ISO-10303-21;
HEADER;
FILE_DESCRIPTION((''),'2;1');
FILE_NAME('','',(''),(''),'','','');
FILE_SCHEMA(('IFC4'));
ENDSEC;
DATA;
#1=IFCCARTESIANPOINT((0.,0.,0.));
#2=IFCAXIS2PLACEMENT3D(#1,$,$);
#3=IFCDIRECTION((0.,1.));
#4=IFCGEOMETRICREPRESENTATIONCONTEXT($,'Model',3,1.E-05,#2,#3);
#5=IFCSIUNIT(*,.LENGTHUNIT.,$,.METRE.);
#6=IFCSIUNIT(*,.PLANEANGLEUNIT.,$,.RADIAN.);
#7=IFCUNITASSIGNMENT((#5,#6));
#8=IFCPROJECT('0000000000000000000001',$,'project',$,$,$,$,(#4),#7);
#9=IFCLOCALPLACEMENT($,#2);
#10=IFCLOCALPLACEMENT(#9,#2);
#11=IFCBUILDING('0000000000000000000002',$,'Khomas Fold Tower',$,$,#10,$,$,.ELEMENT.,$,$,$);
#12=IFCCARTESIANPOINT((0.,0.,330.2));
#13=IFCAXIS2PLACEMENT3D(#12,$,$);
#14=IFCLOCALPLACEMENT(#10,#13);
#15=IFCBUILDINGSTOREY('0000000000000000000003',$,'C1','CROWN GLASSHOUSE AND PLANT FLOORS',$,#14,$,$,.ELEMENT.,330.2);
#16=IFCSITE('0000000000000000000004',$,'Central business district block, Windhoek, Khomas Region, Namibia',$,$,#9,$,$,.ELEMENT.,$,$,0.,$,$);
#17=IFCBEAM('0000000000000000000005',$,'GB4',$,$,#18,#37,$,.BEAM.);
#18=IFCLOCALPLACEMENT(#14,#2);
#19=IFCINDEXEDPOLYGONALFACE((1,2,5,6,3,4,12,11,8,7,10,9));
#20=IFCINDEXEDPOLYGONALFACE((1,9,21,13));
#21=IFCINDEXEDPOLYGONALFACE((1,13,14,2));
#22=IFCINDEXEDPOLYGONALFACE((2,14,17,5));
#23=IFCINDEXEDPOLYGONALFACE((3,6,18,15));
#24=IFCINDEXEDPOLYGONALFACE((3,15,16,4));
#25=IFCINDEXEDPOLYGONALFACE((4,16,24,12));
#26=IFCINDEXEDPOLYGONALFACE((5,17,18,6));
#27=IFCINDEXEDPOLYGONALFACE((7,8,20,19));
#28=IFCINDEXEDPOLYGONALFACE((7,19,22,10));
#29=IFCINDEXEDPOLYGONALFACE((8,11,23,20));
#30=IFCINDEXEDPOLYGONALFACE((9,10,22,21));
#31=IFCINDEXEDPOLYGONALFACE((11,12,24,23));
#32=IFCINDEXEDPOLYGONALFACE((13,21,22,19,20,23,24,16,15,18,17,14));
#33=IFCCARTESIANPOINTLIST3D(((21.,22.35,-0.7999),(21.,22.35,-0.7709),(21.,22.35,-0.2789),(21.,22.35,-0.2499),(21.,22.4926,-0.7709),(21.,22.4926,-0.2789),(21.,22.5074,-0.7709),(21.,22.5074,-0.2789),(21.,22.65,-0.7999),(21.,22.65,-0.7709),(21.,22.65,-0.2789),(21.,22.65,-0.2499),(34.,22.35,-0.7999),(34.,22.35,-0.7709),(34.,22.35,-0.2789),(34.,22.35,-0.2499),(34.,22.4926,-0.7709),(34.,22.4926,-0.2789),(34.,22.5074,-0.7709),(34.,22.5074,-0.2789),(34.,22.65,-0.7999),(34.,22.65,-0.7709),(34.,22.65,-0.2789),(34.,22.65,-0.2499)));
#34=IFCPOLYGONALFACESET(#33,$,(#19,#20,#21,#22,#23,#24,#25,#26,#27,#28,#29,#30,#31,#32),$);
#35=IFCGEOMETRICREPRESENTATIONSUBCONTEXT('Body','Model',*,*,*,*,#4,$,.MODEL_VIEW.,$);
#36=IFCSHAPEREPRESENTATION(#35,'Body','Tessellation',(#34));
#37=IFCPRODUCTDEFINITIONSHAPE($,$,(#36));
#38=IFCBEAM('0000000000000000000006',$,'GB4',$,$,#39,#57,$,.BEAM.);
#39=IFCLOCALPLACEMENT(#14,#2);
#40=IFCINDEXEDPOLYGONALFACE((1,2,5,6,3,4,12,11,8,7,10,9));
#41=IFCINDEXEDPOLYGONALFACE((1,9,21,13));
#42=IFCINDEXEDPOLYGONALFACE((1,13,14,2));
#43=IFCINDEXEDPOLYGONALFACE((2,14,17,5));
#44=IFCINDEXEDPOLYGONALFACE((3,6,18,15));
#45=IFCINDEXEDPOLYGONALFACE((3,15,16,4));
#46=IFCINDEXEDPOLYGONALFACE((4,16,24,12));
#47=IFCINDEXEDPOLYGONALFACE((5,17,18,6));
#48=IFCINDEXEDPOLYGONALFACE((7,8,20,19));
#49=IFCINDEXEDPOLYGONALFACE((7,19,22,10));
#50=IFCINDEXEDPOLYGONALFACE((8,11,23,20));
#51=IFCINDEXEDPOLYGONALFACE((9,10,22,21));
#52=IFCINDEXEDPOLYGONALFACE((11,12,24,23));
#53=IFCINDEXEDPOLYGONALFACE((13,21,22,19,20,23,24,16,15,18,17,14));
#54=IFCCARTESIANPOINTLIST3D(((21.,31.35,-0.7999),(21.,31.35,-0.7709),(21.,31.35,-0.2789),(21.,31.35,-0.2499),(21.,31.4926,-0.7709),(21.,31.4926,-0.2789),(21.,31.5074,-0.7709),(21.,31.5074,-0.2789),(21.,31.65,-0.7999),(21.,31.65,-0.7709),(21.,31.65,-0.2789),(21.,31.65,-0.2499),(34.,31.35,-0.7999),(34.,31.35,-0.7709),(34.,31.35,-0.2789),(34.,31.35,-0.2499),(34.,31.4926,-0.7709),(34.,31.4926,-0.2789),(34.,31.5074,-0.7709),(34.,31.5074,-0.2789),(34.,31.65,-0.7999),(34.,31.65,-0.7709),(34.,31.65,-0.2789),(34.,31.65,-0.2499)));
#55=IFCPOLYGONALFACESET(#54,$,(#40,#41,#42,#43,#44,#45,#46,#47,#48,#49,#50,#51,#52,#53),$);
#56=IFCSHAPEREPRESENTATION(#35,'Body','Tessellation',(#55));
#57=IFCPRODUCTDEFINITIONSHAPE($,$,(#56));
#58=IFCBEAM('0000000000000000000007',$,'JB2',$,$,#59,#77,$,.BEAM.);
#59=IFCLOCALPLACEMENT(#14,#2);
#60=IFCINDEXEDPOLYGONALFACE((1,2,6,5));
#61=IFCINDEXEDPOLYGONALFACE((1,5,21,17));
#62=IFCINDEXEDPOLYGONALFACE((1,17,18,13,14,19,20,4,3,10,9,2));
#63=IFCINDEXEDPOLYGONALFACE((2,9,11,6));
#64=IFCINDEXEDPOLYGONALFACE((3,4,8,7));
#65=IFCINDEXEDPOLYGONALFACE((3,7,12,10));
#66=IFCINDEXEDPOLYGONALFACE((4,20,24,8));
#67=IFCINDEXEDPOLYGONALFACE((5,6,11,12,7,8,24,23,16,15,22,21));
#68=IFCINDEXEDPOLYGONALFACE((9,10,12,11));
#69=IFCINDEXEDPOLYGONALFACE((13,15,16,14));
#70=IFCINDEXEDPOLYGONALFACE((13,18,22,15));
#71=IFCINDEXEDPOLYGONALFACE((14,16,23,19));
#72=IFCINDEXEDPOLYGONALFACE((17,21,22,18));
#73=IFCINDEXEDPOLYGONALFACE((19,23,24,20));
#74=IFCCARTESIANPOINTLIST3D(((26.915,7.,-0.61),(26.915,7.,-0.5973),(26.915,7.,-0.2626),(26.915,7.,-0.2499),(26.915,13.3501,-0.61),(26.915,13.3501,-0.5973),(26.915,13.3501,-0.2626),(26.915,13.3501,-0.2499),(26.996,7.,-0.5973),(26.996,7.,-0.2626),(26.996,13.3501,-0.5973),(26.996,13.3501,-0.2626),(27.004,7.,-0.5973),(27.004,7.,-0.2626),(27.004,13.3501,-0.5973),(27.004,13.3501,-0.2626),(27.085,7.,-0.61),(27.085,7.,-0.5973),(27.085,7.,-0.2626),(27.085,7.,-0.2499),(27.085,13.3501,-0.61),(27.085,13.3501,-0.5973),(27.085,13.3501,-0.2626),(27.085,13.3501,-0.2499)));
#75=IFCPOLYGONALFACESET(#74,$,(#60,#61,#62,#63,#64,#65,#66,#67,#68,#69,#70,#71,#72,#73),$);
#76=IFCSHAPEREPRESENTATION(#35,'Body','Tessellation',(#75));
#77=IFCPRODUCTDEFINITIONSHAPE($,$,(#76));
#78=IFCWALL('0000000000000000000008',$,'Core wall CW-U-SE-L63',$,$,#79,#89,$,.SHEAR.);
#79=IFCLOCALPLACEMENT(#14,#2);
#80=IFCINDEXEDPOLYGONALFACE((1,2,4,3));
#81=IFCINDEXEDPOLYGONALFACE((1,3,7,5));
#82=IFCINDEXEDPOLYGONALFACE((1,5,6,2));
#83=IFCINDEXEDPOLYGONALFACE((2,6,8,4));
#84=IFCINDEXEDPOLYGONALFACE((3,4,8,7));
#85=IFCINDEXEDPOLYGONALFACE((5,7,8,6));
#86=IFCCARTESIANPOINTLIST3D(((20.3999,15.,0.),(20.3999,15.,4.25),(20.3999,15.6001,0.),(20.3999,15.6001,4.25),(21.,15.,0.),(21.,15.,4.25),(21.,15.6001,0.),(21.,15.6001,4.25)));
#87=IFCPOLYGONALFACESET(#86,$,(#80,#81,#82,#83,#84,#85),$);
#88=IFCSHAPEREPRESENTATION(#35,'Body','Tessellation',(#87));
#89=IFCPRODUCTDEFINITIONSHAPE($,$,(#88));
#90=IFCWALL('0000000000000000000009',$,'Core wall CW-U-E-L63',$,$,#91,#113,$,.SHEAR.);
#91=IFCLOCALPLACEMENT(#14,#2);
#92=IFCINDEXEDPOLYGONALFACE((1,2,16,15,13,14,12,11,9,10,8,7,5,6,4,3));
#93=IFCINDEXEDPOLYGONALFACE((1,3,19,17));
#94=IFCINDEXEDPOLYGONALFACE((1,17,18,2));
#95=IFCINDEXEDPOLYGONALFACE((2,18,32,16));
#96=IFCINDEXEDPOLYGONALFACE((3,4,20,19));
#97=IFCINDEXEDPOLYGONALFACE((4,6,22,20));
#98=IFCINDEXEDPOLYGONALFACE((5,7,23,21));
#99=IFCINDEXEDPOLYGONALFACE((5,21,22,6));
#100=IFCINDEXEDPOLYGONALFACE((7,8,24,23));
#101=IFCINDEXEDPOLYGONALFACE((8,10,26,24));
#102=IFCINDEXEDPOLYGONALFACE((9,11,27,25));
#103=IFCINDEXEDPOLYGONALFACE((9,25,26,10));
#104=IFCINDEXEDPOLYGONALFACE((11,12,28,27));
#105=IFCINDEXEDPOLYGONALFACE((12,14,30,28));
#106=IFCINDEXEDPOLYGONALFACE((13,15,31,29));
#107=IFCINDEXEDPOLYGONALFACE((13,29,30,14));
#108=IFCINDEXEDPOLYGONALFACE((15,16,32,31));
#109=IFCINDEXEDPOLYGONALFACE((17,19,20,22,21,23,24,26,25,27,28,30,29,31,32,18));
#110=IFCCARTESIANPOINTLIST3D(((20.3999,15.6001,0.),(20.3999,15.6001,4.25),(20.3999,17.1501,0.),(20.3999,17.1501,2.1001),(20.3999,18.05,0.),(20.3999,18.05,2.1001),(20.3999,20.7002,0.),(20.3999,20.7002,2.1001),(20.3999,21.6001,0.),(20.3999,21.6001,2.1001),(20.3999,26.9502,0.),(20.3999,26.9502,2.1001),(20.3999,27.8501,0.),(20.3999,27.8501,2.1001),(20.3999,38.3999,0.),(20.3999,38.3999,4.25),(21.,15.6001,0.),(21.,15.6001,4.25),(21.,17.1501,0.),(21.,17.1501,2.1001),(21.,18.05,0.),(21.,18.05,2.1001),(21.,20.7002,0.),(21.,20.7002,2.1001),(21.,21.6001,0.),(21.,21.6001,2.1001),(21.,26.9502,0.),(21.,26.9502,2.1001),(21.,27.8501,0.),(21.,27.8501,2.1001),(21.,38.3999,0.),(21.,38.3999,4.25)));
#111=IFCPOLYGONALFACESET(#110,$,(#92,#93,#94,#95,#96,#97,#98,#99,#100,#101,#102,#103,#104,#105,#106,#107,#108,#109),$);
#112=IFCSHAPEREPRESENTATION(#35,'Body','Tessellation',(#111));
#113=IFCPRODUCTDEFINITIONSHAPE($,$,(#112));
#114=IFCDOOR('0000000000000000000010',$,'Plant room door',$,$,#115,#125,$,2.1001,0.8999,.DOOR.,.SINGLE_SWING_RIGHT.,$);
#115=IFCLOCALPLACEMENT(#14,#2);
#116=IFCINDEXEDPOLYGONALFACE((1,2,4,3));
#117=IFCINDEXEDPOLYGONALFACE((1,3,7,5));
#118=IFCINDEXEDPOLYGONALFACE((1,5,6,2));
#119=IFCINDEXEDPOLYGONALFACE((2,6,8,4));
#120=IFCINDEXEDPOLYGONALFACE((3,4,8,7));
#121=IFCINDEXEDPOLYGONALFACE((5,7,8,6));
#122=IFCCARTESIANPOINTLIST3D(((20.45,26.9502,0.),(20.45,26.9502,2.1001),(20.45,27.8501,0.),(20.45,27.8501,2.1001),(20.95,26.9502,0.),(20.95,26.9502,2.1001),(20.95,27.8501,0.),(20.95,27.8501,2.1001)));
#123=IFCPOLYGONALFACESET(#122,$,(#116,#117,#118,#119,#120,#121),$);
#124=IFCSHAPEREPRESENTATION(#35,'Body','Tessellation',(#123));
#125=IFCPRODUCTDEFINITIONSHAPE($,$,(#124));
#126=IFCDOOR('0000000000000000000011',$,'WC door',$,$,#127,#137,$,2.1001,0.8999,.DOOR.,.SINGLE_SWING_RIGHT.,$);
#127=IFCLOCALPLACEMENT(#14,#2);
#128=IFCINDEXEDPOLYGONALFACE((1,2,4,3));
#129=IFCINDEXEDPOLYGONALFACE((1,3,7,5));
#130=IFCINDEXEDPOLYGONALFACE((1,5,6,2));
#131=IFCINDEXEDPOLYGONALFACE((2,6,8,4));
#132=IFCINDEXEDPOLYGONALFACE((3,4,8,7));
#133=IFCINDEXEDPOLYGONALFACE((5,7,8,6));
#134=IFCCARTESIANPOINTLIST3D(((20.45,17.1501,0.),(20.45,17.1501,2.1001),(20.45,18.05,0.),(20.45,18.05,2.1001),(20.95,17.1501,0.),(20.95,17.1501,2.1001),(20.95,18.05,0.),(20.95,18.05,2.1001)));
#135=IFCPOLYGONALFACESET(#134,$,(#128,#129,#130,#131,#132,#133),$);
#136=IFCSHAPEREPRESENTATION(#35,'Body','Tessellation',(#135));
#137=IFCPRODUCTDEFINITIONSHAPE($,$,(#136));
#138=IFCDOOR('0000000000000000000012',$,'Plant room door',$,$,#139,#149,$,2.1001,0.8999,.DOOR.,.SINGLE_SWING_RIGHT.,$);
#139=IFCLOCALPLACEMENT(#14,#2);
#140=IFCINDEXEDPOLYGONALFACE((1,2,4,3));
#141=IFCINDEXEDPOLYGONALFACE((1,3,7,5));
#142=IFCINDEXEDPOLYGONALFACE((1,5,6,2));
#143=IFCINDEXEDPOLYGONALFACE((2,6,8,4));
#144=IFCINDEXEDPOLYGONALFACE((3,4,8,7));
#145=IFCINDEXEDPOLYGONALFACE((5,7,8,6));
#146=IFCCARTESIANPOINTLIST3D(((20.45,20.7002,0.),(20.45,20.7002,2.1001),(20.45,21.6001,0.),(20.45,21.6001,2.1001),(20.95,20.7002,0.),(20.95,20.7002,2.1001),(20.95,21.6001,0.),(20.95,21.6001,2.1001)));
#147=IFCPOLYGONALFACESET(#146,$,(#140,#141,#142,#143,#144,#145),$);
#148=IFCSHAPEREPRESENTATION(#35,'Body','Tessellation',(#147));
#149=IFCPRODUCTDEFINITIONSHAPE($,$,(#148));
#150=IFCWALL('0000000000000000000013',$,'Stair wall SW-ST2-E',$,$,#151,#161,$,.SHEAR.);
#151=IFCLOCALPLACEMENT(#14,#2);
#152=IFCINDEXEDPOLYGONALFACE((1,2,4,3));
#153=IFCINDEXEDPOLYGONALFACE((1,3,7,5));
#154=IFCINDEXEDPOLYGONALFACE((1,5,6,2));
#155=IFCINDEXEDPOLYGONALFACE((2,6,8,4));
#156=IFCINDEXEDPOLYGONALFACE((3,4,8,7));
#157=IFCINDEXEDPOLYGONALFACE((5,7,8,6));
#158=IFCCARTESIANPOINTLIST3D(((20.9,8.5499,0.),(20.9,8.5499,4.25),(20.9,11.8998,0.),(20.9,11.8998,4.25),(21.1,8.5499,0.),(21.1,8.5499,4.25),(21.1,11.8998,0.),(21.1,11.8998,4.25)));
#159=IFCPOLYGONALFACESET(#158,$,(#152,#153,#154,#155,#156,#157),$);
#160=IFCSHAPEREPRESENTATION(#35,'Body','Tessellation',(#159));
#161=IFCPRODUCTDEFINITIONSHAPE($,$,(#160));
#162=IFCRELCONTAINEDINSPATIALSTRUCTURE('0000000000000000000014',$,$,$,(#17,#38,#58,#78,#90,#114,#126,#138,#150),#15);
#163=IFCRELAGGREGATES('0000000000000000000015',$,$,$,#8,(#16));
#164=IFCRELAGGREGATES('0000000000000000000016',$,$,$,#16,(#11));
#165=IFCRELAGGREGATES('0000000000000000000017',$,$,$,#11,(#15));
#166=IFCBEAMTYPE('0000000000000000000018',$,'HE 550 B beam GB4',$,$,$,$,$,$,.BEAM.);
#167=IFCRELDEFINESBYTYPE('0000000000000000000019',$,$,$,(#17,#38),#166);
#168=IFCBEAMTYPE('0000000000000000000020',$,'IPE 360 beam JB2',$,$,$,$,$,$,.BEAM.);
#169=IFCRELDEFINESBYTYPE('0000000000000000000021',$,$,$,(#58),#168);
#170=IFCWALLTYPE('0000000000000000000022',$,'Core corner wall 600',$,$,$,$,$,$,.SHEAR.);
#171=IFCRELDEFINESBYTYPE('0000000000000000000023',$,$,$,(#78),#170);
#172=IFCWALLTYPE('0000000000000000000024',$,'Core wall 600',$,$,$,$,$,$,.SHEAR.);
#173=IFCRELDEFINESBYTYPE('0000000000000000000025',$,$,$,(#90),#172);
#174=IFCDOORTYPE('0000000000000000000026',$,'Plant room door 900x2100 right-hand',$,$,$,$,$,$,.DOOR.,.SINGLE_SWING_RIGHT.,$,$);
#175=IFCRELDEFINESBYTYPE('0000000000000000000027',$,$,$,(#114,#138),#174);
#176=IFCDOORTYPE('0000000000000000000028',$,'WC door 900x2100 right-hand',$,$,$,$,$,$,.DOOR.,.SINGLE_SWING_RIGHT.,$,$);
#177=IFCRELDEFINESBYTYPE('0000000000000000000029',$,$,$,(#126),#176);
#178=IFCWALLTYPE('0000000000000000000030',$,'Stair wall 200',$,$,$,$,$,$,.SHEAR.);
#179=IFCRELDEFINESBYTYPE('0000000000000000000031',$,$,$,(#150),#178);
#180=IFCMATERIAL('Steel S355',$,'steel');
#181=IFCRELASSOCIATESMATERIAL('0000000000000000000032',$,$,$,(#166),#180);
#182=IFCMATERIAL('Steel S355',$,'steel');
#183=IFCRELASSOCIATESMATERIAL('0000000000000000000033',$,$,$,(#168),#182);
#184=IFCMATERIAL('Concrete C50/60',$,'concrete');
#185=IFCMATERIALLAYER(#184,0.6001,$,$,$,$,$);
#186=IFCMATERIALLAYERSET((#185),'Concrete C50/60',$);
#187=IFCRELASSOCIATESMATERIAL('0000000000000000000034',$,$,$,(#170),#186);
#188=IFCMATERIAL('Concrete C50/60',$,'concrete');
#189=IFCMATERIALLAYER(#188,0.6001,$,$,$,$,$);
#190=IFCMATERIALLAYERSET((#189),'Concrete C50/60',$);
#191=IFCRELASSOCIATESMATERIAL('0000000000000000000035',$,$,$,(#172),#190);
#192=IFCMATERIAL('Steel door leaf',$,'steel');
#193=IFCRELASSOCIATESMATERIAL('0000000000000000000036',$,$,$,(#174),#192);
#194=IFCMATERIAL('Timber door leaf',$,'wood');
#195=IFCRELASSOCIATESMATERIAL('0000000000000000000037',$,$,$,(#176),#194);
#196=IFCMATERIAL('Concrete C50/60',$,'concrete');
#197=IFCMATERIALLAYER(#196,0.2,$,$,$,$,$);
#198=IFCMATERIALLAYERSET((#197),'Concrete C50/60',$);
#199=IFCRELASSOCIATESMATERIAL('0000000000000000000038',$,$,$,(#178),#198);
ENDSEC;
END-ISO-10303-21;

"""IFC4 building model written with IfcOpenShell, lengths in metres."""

from ifc_helpers import new_model, si_unit, direction, frame, frame_2d, origin, origin_2d, place, context, subcontext, project, spatial, rectangle, i_section, extrude, source, transform, mapped, material, layer, layer_set, material_profile, profile_set, type_object, element, fill, save


model = new_model("IFC4")

# Units and contexts
model_context = context("Model", 3, precision=1e-05, world=origin(), true_north=direction((0.0, 1.0)))
body_context = subcontext(model_context, "Body", "Model", "MODEL_VIEW")
ifc_project = project(units=[si_unit("LENGTHUNIT", "METRE"), si_unit("PLANEANGLEUNIT", "RADIAN")], contexts=[model_context])

# Site, building, storey
site_placement = place(None, origin())
site = spatial("IfcSite", under=ifc_project, at=site_placement, Name="Central business district block, Windhoek, Khomas Region, Namibia", CompositionType="ELEMENT", RefElevation=0.0)
building_placement = place(site_placement, origin())
building = spatial("IfcBuilding", under=site, at=building_placement, Name="Khomas Fold Tower", CompositionType="ELEMENT")
storey_placement = place(building_placement, frame((0.0, 0.0, 330.2)))
storey = spatial("IfcBuildingStorey", under=building, at=storey_placement, Name="C1", Description="CROWN GLASSHOUSE AND PLANT FLOORS", CompositionType="ELEMENT", Elevation=330.2)

# Beams
ifc_material_1 = material(Name="Steel S355", Category="steel")
ifc_material_profile_1 = material_profile(ifc_material_1, i_section(OverallWidth=0.3, OverallDepth=0.55, WebThickness=0.0149, FlangeThickness=0.0291, at=origin_2d()), Name="HE 550 B")
ifc_profile_set_1 = profile_set([ifc_material_profile_1], Name="Steel S355")
beam_type_1 = type_object("IfcBeamType", Name="HE 550 B beam GB4", PredefinedType="BEAM", material=ifc_profile_set_1)
shared_shape_1 = source(origin(), body_context, "Body", "SweptSolid", [
    extrude(i_section(OverallWidth=0.3, OverallDepth=0.55, WebThickness=0.0149, FlangeThickness=0.0291, at=origin_2d()), origin(), (0.0, 0.0, 1.0), 13.0),
])
for number, where, z_axis, x_axis, name in (
    (1, (21.0, 22.5, -0.5249), (1.0, 0.0, 0.0), (0.0, 1.0, 0.0), "GB4"),
    (2, (21.0, 31.5, -0.5249), (1.0, 0.0, 0.0), (0.0, 1.0, 0.0), "GB4"),
):
    element("IfcBeam", number, at=place(storey_placement, frame(where, z_axis=z_axis, x_axis=x_axis)), inside=storey, type_object=beam_type_1, Name=name, PredefinedType="BEAM", context=body_context, shape_type="MappedRepresentation", body=[
        mapped(shared_shape_1, transform((0.0, 0.0, 0.0))),
    ])
ifc_material_2 = material(Name="Steel S355", Category="steel")
ifc_material_profile_2 = material_profile(ifc_material_2, i_section(OverallWidth=0.1699, OverallDepth=0.3601, WebThickness=0.0081, FlangeThickness=0.0127, at=origin_2d()), Name="IPE 360")
ifc_profile_set_2 = profile_set([ifc_material_profile_2], Name="Steel S355")
beam_type_2 = type_object("IfcBeamType", Name="IPE 360 beam JB2", PredefinedType="BEAM", material=ifc_profile_set_2)
shared_shape_2 = source(origin(), body_context, "Body", "SweptSolid", [
    extrude(i_section(OverallWidth=0.1699, OverallDepth=0.3601, WebThickness=0.0081, FlangeThickness=0.0127, at=origin_2d()), origin(), (0.0, 0.0, 1.0), 6.3501),
])
beam_1_placement = place(storey_placement, frame((27.0, 7.0, -0.4299), z_axis=(0.0, 1.0, 0.0), x_axis=(-1.0, 0.0, 0.0)))
element("IfcBeam", 3, at=beam_1_placement, inside=storey, type_object=beam_type_2, Name="JB2", PredefinedType="BEAM", context=body_context, shape_type="MappedRepresentation", body=[
    mapped(shared_shape_2, transform((0.0, 0.0, 0.0))),
])

# Wall
ifc_material_3 = material(Name="Concrete C50/60", Category="concrete")
ifc_layer_1 = layer(ifc_material_3, 0.6001)
ifc_layer_set_1 = layer_set([ifc_layer_1], Name="Concrete C50/60")
wall_type_1 = type_object("IfcWallType", Name="Core corner wall 600", PredefinedType="SHEAR", material=ifc_layer_set_1)
shared_shape_3 = source(origin(), body_context, "Body", "SweptSolid", [
    extrude(rectangle(XDim=0.6001, YDim=0.6001, at=frame_2d((0.3, 0.0))), origin(), (0.0, 0.0, 1.0), 4.25),
])
wall_1_placement = place(storey_placement, frame((20.3999, 15.3, 0.0), z_axis=(0.0, 0.0, 1.0), x_axis=(1.0, 0.0, 0.0)))
element("IfcWall", 4, at=wall_1_placement, inside=storey, type_object=wall_type_1, Name="Core wall CW-U-SE-L63", PredefinedType="SHEAR", context=body_context, shape_type="MappedRepresentation", body=[
    mapped(shared_shape_3, transform((0.0, 0.0, 0.0))),
])

# Wall, openings, doors
ifc_material_4 = material(Name="Concrete C50/60", Category="concrete")
ifc_layer_2 = layer(ifc_material_4, 0.6001)
ifc_layer_set_2 = layer_set([ifc_layer_2], Name="Concrete C50/60")
wall_type_2 = type_object("IfcWallType", Name="Core wall 600", PredefinedType="SHEAR", material=ifc_layer_set_2)
shared_shape_4 = source(origin(), body_context, "Body", "SweptSolid", [
    extrude(rectangle(XDim=22.7998, YDim=0.6001, at=frame_2d((11.3999, 0.0))), origin(), (0.0, 0.0, 1.0), 4.25),
])
wall_2_placement = place(storey_placement, frame((20.7, 15.6001, 0.0), z_axis=(0.0, 0.0, 1.0), x_axis=(0.0, 1.0, 0.0)))
wall_2 = element("IfcWall", 5, at=wall_2_placement, inside=storey, type_object=wall_type_2, Name="Core wall CW-U-E-L63", PredefinedType="SHEAR", context=body_context, shape_type="MappedRepresentation", body=[
    mapped(shared_shape_4, transform((0.0, 0.0, 0.0))),
])
shared_shape_5 = source(origin(), body_context, "Body", "SweptSolid", [
    extrude(rectangle(XDim=0.8999, YDim=2.1001, at=frame_2d((0.45, 1.05))), frame((0.0, 0.3101, 0.0), z_axis=(0.0, -1.0, 0.0), x_axis=(1.0, 0.0, 0.0)), (0.0, 0.0, 1.0), 0.6201),
])
opening_1_placement = place(wall_2_placement, frame((11.3501, 0.0, 0.0)))
opening_1 = element("IfcOpeningElement", 6, at=opening_1_placement, cuts=wall_2, PredefinedType="OPENING", context=body_context, shape_type="MappedRepresentation", body=[
    mapped(shared_shape_5, transform((0.0, 0.0, 0.0))),
])
opening_2_placement = place(wall_2_placement, frame((1.55, 0.0, 0.0)))
opening_2 = element("IfcOpeningElement", 7, at=opening_2_placement, cuts=wall_2, PredefinedType="OPENING", context=body_context, shape_type="MappedRepresentation", body=[
    mapped(shared_shape_5, transform((0.0, 0.0, 0.0))),
])
opening_3_placement = place(wall_2_placement, frame((5.1001, 0.0, 0.0)))
opening_3 = element("IfcOpeningElement", 8, at=opening_3_placement, cuts=wall_2, PredefinedType="OPENING", context=body_context, shape_type="MappedRepresentation", body=[
    mapped(shared_shape_5, transform((0.0, 0.0, 0.0))),
])
ifc_material_5 = material(Name="Steel door leaf", Category="steel")
door_type_1 = type_object("IfcDoorType", Name="Plant room door 900x2100 right-hand", OperationType="SINGLE_SWING_RIGHT", PredefinedType="DOOR", material=ifc_material_5)
shared_shape_6 = source(origin(), body_context, "Body", "SweptSolid", [
    extrude(rectangle(XDim=0.8999, YDim=2.1001, at=frame_2d((0.45, 1.05))), frame((0.0, 0.25, 0.0), z_axis=(0.0, -1.0, 0.0), x_axis=(1.0, 0.0, 0.0)), (0.0, 0.0, 1.0), 0.5),
])
door_1_placement = place(opening_1_placement, origin())
door_1 = element("IfcDoor", 9, at=door_1_placement, inside=storey, type_object=door_type_1, Name="Plant room door", OperationType="SINGLE_SWING_RIGHT", OverallHeight=2.1001, OverallWidth=0.8999, PredefinedType="DOOR", context=body_context, shape_type="MappedRepresentation", body=[
    mapped(shared_shape_6, transform((0.0, 0.0, 0.0))),
])
fill(opening_1, door_1)
ifc_material_6 = material(Name="Timber door leaf", Category="wood")
door_type_2 = type_object("IfcDoorType", Name="WC door 900x2100 right-hand", OperationType="SINGLE_SWING_RIGHT", PredefinedType="DOOR", material=ifc_material_6)
door_2_placement = place(opening_2_placement, origin())
door_2 = element("IfcDoor", 10, at=door_2_placement, inside=storey, type_object=door_type_2, Name="WC door", OperationType="SINGLE_SWING_RIGHT", OverallHeight=2.1001, OverallWidth=0.8999, PredefinedType="DOOR", context=body_context, shape_type="MappedRepresentation", body=[
    mapped(shared_shape_6, transform((0.0, 0.0, 0.0))),
])
fill(opening_2, door_2)
door_3_placement = place(opening_3_placement, origin())
door_3 = element("IfcDoor", 11, at=door_3_placement, inside=storey, type_object=door_type_1, Name="Plant room door", OperationType="SINGLE_SWING_RIGHT", OverallHeight=2.1001, OverallWidth=0.8999, PredefinedType="DOOR", context=body_context, shape_type="MappedRepresentation", body=[
    mapped(shared_shape_6, transform((0.0, 0.0, 0.0))),
])
fill(opening_3, door_3)

# Wall
ifc_material_7 = material(Name="Concrete C50/60", Category="concrete")
ifc_layer_3 = layer(ifc_material_7, 0.2)
ifc_layer_set_3 = layer_set([ifc_layer_3], Name="Concrete C50/60")
wall_type_3 = type_object("IfcWallType", Name="Stair wall 200", PredefinedType="SHEAR", material=ifc_layer_set_3)
shared_shape_7 = source(origin(), body_context, "Body", "SweptSolid", [
    extrude(rectangle(XDim=3.3499, YDim=0.2, at=frame_2d((1.6748, 0.0))), origin(), (0.0, 0.0, 1.0), 4.25),
])
wall_3_placement = place(storey_placement, frame((21.0, 8.55, 0.0), z_axis=(0.0, 0.0, 1.0), x_axis=(0.0, 1.0, 0.0)))
element("IfcWall", 12, at=wall_3_placement, inside=storey, type_object=wall_type_3, Name="Stair wall SW-ST2-E", PredefinedType="SHEAR", context=body_context, shape_type="MappedRepresentation", body=[
    mapped(shared_shape_7, transform((0.0, 0.0, 0.0))),
])

save(model, "model.ifc")
